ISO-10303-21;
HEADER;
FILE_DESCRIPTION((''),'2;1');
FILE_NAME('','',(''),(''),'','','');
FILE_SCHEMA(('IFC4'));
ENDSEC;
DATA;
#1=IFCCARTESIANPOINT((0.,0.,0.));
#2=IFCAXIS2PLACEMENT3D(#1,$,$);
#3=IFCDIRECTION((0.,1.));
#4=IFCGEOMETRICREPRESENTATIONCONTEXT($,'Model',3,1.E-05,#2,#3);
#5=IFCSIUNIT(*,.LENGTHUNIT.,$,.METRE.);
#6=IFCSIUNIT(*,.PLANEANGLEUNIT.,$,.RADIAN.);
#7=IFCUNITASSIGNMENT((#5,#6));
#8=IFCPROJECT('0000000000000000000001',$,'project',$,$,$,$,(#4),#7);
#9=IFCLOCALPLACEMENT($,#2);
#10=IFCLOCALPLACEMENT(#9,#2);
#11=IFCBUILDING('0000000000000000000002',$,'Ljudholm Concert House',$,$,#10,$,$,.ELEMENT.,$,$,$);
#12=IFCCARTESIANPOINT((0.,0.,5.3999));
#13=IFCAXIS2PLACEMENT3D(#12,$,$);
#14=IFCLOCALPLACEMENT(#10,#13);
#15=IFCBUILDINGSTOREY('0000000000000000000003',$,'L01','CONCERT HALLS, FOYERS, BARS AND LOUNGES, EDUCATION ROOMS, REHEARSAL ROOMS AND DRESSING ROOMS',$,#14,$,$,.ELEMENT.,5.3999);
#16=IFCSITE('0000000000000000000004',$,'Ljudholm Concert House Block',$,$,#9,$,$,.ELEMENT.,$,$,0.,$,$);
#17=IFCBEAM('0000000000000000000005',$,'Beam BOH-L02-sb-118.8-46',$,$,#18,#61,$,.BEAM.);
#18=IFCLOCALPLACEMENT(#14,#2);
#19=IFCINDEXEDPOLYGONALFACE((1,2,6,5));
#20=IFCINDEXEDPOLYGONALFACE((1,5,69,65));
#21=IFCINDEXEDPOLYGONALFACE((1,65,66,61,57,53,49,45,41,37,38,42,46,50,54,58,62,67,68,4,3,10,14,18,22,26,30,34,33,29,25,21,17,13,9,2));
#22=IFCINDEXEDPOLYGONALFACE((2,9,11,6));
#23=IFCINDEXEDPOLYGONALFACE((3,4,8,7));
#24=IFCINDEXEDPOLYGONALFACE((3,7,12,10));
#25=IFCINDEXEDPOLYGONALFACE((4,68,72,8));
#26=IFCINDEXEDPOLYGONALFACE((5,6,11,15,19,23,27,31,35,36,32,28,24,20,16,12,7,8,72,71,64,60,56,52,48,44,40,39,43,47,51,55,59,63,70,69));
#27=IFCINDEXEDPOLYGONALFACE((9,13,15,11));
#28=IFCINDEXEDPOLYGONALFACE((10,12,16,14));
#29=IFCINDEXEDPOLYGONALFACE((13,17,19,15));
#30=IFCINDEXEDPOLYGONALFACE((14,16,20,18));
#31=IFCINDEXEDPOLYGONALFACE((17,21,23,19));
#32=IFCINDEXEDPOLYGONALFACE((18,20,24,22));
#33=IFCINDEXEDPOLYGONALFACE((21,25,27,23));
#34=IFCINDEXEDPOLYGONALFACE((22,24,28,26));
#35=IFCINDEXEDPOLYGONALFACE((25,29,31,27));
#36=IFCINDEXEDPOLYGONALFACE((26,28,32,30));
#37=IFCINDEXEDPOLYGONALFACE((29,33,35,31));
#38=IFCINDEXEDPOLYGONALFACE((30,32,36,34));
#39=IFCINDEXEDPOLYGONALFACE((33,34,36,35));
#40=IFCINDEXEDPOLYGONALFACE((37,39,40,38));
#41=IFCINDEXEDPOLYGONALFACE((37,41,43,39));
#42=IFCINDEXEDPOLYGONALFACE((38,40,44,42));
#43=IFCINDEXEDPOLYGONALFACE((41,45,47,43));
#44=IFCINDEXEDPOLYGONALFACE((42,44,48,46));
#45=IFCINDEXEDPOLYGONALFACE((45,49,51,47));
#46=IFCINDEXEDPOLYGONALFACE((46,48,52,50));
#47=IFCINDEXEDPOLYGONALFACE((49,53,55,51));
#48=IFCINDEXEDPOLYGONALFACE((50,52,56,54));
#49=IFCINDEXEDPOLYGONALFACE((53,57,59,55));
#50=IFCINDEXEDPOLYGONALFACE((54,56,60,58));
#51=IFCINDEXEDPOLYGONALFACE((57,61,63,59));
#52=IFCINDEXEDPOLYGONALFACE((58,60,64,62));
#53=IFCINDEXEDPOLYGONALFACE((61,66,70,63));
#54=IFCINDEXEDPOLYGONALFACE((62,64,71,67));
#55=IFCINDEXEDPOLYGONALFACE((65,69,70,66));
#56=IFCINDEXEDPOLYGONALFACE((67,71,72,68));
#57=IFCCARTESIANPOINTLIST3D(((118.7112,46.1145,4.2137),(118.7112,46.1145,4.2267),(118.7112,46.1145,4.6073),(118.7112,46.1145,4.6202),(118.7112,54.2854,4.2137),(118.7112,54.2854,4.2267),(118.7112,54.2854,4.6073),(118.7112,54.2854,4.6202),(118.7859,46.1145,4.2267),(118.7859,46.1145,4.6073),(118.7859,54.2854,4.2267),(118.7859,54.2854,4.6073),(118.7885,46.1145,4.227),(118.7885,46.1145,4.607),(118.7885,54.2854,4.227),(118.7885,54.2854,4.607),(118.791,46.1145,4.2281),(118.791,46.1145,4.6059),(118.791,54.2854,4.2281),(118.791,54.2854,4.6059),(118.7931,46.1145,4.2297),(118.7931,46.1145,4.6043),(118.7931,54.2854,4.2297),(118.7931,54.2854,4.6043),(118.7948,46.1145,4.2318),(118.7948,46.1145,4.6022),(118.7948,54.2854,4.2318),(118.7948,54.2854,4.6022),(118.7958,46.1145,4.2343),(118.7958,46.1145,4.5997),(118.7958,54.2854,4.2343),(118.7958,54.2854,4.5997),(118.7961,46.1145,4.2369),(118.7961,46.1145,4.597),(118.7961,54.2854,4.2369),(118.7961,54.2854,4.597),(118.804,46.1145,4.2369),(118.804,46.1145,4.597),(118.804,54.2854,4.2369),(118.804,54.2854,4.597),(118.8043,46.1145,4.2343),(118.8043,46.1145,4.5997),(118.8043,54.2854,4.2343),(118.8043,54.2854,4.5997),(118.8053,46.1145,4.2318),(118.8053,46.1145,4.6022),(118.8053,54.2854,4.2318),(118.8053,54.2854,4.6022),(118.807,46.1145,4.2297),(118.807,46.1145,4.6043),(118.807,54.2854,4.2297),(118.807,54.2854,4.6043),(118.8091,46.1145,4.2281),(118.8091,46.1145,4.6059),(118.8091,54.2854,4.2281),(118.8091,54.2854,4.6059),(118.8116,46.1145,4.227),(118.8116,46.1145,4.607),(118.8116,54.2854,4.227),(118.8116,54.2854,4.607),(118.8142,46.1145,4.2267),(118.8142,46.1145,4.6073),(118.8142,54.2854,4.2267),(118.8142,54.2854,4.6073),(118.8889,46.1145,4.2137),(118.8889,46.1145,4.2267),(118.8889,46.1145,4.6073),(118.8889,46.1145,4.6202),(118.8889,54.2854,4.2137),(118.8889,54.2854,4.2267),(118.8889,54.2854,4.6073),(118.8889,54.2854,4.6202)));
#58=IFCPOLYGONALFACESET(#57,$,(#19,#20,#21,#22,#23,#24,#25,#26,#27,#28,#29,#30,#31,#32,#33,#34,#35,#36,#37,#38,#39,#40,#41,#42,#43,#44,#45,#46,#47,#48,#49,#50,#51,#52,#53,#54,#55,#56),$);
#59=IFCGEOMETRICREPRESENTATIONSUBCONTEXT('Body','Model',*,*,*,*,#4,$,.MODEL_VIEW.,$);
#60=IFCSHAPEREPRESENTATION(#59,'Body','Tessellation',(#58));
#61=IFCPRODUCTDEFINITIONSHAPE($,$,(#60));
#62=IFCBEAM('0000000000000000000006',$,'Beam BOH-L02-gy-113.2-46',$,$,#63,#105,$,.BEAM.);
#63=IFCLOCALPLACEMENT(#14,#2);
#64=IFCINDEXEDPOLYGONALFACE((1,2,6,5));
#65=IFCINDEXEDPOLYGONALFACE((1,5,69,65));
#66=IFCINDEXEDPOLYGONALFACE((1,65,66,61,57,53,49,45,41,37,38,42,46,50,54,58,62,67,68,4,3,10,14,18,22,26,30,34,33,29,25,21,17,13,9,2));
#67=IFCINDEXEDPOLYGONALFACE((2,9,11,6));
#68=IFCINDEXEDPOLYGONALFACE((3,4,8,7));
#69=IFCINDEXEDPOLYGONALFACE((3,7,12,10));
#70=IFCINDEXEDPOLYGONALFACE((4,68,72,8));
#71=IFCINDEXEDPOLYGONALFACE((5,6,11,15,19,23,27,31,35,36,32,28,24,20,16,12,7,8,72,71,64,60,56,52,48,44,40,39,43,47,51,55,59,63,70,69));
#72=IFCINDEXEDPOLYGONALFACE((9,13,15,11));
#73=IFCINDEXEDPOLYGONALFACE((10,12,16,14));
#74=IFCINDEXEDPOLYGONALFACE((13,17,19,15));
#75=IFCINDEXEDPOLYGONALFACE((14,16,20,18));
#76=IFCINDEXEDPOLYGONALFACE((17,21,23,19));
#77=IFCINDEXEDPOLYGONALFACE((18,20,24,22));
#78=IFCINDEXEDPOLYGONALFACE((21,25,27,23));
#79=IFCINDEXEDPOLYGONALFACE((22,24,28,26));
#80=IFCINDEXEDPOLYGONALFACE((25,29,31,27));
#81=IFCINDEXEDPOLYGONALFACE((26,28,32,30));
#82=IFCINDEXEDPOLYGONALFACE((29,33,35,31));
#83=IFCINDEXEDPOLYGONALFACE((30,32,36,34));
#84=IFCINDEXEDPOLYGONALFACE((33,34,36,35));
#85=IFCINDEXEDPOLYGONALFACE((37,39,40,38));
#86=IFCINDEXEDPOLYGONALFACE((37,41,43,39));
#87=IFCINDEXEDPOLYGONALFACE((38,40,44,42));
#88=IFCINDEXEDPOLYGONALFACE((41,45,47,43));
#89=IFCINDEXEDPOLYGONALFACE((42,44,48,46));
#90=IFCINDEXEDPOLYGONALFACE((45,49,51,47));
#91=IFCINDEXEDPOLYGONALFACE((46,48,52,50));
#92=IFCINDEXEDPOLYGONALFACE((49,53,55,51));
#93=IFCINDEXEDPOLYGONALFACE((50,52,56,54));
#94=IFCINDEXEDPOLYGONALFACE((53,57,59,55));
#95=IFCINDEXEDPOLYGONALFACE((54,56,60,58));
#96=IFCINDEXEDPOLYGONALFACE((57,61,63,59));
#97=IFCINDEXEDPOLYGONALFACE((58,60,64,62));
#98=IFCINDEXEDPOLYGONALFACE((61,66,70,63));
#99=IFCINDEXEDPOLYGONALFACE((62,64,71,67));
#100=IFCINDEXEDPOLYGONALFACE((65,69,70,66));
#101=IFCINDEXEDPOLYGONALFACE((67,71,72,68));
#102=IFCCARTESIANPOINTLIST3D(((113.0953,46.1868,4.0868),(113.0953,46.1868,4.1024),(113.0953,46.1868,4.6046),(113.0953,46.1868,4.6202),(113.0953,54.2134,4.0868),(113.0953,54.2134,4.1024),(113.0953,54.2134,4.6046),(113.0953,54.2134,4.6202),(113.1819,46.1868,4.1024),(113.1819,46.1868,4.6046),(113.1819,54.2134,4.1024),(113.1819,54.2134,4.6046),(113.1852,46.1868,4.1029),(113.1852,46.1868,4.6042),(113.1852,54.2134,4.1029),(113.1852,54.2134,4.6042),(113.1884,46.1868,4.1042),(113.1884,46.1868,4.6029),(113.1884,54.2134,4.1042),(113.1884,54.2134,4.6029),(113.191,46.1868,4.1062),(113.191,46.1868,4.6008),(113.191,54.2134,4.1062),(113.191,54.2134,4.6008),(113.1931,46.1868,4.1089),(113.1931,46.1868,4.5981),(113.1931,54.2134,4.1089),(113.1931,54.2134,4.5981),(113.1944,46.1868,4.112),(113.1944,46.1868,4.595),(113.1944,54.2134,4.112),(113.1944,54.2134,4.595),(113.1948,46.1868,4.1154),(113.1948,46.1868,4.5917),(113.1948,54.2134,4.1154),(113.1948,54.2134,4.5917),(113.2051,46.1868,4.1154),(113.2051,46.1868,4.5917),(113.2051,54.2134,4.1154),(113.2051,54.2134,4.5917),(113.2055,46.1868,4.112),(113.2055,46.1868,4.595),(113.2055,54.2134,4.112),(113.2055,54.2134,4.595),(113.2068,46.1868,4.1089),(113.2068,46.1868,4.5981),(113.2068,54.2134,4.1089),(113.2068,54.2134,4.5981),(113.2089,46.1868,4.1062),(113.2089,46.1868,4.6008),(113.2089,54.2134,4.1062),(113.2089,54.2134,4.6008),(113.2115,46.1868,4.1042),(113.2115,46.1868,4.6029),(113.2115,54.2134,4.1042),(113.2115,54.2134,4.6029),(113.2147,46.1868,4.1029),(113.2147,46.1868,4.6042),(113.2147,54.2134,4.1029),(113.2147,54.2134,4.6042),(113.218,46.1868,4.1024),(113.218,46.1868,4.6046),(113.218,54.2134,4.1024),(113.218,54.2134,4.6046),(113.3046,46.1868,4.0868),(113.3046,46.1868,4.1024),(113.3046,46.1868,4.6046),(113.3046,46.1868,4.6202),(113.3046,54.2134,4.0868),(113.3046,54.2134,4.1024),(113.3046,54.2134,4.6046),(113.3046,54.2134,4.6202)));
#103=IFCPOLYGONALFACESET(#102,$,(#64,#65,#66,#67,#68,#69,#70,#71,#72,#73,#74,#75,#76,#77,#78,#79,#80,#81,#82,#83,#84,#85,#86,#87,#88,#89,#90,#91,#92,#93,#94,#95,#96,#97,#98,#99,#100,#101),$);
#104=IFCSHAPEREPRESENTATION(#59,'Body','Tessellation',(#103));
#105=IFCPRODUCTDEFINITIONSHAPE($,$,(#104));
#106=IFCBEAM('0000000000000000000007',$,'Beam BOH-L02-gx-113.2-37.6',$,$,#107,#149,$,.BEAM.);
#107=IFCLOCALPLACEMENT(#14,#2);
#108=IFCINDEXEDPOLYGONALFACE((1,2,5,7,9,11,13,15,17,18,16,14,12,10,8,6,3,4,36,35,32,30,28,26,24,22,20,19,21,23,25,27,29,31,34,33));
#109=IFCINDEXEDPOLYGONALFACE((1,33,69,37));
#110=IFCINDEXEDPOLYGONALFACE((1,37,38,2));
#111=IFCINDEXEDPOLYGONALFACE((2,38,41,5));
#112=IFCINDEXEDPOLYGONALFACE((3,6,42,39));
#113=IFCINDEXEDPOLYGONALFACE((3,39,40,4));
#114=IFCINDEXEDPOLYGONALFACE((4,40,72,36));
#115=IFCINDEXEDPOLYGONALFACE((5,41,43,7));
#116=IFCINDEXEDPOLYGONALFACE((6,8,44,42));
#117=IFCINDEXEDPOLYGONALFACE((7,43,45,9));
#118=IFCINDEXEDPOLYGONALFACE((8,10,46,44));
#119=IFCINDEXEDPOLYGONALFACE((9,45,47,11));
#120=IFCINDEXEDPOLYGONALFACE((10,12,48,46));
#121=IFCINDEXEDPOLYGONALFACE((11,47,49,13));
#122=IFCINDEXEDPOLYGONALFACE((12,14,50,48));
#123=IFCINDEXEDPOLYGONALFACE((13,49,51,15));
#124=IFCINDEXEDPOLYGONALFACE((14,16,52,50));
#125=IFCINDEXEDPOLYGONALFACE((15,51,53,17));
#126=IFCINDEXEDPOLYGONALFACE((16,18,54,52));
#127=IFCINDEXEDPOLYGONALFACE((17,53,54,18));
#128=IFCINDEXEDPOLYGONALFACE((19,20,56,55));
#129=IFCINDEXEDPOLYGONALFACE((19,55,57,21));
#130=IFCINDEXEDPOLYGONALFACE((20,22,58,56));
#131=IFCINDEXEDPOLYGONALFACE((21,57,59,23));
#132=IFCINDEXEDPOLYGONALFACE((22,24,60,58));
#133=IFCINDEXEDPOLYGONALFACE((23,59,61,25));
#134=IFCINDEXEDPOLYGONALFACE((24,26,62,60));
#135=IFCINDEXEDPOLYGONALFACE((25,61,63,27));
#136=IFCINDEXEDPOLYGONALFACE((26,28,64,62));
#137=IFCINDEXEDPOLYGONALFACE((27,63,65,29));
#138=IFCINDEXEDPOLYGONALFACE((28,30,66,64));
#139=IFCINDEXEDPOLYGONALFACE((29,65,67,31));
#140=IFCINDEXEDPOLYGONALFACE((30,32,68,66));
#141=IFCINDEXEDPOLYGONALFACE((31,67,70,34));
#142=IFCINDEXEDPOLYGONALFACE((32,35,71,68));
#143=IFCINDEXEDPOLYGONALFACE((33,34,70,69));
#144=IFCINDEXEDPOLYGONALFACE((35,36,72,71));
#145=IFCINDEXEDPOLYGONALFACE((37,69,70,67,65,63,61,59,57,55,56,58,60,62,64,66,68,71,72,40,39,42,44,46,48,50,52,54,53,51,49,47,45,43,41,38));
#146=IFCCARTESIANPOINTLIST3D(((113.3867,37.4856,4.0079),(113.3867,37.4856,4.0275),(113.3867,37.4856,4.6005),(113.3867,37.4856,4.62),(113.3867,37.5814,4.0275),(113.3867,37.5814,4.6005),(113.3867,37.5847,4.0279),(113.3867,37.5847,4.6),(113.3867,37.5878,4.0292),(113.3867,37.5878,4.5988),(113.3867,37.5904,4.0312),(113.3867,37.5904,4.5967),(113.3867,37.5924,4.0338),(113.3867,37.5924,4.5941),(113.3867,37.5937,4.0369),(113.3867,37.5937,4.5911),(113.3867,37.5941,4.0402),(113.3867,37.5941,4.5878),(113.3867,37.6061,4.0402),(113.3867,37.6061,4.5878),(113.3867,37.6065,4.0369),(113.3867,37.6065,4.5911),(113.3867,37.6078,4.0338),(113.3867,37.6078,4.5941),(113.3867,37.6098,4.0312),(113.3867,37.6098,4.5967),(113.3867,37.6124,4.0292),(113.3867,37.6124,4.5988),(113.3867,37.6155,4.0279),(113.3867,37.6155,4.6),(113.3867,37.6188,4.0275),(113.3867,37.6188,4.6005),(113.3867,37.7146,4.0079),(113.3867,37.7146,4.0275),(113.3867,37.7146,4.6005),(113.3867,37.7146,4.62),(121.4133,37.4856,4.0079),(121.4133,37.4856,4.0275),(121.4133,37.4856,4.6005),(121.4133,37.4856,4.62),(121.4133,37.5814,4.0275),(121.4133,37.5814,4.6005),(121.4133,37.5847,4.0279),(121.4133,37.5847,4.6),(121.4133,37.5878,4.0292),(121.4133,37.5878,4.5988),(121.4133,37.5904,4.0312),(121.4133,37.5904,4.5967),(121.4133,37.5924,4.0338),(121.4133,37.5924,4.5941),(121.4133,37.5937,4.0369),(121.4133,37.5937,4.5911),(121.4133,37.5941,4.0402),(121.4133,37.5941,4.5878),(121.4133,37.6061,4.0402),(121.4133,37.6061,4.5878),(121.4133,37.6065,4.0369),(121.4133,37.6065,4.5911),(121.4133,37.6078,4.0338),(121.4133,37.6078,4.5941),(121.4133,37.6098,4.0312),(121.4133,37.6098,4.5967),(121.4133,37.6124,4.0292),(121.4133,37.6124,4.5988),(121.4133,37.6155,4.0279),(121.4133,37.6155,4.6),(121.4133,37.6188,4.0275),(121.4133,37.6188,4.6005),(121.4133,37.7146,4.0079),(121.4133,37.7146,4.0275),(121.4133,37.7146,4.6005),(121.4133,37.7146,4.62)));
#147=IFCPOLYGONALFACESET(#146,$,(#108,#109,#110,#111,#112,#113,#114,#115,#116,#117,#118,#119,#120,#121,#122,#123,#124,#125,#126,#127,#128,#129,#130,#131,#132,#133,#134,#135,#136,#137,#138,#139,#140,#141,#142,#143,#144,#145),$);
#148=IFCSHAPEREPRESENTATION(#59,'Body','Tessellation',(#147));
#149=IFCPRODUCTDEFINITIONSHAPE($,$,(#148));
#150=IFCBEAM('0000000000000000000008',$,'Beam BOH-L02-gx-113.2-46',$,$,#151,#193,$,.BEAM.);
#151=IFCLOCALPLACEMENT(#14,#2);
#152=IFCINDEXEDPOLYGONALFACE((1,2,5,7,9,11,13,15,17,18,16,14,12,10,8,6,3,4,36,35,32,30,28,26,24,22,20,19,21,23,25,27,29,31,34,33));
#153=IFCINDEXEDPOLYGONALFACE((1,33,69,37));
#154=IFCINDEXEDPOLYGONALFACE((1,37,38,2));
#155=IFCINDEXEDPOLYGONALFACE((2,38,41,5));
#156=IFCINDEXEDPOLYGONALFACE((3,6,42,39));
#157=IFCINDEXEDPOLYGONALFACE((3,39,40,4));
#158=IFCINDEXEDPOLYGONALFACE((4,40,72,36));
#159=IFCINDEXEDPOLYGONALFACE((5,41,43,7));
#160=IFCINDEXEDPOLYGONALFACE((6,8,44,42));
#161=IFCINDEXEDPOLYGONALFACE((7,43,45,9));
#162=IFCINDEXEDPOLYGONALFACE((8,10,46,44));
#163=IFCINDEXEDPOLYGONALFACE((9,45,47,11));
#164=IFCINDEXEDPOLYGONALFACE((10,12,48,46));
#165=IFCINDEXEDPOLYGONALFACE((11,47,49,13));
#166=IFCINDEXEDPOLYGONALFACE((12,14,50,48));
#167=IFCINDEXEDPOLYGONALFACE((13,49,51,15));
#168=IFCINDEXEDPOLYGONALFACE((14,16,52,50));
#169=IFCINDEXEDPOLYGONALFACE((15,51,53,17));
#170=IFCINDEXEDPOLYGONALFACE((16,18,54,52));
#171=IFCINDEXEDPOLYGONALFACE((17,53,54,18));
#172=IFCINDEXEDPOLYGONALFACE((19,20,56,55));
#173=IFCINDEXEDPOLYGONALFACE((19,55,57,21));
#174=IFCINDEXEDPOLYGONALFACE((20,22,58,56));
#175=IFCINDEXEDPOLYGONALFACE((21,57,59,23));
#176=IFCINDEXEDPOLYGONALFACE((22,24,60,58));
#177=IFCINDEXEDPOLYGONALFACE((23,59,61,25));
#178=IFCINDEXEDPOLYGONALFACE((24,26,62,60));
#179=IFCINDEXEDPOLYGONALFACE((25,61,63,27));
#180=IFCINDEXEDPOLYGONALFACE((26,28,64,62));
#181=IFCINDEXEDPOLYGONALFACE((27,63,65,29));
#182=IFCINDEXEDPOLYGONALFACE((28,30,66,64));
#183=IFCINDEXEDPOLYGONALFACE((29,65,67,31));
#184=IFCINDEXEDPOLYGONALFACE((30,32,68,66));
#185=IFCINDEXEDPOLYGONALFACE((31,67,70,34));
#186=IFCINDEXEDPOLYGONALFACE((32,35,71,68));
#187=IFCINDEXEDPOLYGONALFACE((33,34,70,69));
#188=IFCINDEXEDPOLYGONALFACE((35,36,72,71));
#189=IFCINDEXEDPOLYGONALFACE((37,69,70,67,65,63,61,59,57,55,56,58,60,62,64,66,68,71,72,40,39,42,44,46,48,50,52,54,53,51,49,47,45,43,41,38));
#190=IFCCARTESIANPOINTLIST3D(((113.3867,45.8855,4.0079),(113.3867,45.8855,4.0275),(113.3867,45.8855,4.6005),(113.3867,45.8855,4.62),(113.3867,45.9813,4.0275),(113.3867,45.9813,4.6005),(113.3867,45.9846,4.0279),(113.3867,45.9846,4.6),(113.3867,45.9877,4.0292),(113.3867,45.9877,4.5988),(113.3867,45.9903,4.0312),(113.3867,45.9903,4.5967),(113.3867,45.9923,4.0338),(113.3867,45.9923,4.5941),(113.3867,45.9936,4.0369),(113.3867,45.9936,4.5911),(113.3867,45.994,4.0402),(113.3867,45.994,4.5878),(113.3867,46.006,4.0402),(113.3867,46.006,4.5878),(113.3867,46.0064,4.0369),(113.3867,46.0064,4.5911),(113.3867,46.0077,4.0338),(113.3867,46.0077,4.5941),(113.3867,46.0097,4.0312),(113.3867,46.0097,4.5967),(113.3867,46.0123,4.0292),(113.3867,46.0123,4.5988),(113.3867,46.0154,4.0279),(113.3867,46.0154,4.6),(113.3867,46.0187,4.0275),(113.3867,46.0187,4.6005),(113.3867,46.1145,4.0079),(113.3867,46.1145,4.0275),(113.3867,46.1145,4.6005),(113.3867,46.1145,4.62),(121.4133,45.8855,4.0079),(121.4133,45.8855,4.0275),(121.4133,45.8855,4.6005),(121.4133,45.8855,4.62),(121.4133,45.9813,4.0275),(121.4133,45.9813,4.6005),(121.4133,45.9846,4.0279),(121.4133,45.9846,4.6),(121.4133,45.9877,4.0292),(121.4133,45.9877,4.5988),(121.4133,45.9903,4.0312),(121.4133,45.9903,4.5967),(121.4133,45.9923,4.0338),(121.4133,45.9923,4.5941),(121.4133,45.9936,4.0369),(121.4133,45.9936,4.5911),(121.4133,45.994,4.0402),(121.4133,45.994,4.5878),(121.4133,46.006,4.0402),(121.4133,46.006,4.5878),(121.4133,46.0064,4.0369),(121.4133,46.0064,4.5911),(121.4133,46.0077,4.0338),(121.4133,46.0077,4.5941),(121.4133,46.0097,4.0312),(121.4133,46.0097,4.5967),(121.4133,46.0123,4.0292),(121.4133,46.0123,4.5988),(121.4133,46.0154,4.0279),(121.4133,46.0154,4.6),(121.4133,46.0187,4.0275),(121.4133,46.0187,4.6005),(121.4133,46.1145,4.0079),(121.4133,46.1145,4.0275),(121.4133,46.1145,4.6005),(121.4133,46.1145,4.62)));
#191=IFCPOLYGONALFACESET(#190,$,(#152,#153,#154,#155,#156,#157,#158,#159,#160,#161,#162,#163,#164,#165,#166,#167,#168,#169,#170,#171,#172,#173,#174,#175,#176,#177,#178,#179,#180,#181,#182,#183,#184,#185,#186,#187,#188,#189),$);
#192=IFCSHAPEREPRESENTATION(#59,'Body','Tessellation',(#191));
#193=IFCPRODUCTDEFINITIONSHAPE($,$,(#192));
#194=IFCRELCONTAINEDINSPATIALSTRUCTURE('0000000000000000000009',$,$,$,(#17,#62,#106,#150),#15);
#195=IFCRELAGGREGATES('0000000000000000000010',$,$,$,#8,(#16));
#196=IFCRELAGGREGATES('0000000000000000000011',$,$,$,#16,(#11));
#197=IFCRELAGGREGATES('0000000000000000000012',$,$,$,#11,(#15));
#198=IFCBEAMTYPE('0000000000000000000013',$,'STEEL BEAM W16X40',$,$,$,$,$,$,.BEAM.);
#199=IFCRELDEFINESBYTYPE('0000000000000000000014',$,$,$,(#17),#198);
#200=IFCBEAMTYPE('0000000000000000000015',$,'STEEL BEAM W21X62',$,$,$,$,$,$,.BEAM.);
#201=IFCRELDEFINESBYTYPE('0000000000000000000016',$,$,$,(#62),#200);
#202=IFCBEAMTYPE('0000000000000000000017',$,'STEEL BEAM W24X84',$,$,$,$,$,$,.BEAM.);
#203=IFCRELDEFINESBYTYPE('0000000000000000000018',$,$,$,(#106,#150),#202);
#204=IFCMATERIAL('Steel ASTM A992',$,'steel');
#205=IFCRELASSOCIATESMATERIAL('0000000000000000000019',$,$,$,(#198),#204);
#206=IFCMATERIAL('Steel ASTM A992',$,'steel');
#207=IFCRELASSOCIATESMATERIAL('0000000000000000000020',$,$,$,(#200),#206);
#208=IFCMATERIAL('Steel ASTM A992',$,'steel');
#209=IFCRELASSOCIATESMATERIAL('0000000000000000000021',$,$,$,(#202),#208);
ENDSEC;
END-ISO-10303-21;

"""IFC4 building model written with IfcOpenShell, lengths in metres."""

from ifc_helpers import new_model, si_unit, direction, frame, origin, origin_2d, place, context, subcontext, project, spatial, i_section, extrude, material, material_profile, profile_set, type_object, element, save


model = new_model("IFC4")

# Units and contexts
model_context = context("Model", 3, precision=1e-05, world=origin(), true_north=direction((0.0, 1.0)))
body_context = subcontext(model_context, "Body", "Model", "MODEL_VIEW")
ifc_project = project(units=[si_unit("LENGTHUNIT", "METRE"), si_unit("PLANEANGLEUNIT", "RADIAN")], contexts=[model_context])

# Site, building, storey
site_placement = place(None, origin())
site = spatial("IfcSite", under=ifc_project, at=site_placement, Name="Ljudholm Concert House Block", CompositionType="ELEMENT", RefElevation=0.0)
building_placement = place(site_placement, origin())
building = spatial("IfcBuilding", under=site, at=building_placement, Name="Ljudholm Concert House", CompositionType="ELEMENT")
storey_placement = place(building_placement, frame((0.0, 0.0, 5.3999)))
storey = spatial("IfcBuildingStorey", under=building, at=storey_placement, Name="L01", Description="CONCERT HALLS, FOYERS, BARS AND LOUNGES, EDUCATION ROOMS, REHEARSAL ROOMS AND DRESSING ROOMS", CompositionType="ELEMENT", Elevation=5.3999)

# Beams
ifc_material_1 = material(Name="Steel ASTM A992", Category="steel")
ifc_material_profile_1 = material_profile(ifc_material_1, i_section(OverallWidth=0.1777, OverallDepth=0.4065, WebThickness=0.0078, FlangeThickness=0.0129, FilletRadius=0.0103, at=origin_2d()), Name="W16X40")
ifc_profile_set_1 = profile_set([ifc_material_profile_1], Name="Steel ASTM A992")
beam_type_1 = type_object("IfcBeamType", Name="STEEL BEAM W16X40", PredefinedType="BEAM", material=ifc_profile_set_1)
for number, where, z_axis, x_axis, name in (
    (1, (118.8, 46.1145, 4.417), (0.0, 1.0, 0.0), (-1.0, 0.0, 0.0), "Beam BOH-L02-sb-118.8-46"),
):
    element("IfcBeam", number, at=place(storey_placement, frame(where, z_axis=z_axis, x_axis=x_axis)), inside=storey, type_object=beam_type_1, Name=name, PredefinedType="BEAM", context=body_context, shape_type="SweptSolid", body=[
        extrude(i_section(OverallWidth=0.1777, OverallDepth=0.4065, WebThickness=0.0078, FlangeThickness=0.0129, FilletRadius=0.0103, at=origin_2d()), origin(), (0.0, 0.0, 1.0), 8.1709),
    ])
ifc_material_2 = material(Name="Steel ASTM A992", Category="steel")
ifc_material_profile_2 = material_profile(ifc_material_2, i_section(OverallWidth=0.2092, OverallDepth=0.5334, WebThickness=0.0103, FlangeThickness=0.0156, FilletRadius=0.0129, at=origin_2d()), Name="W21X62")
ifc_profile_set_2 = profile_set([ifc_material_profile_2], Name="Steel ASTM A992")
beam_type_2 = type_object("IfcBeamType", Name="STEEL BEAM W21X62", PredefinedType="BEAM", material=ifc_profile_set_2)
beam_placement = place(storey_placement, frame((113.2, 46.1868, 4.3535), z_axis=(0.0, 1.0, 0.0), x_axis=(-1.0, 0.0, 0.0)))
element("IfcBeam", 2, at=beam_placement, inside=storey, type_object=beam_type_2, Name="Beam BOH-L02-gy-113.2-46", PredefinedType="BEAM", context=body_context, shape_type="SweptSolid", body=[
    extrude(i_section(OverallWidth=0.2092, OverallDepth=0.5334, WebThickness=0.0103, FlangeThickness=0.0156, FilletRadius=0.0129, at=origin_2d()), origin(), (0.0, 0.0, 1.0), 8.0266),
])
ifc_material_3 = material(Name="Steel ASTM A992", Category="steel")
ifc_material_profile_3 = material_profile(ifc_material_3, i_section(OverallWidth=0.229, OverallDepth=0.6121, WebThickness=0.012, FlangeThickness=0.0195, FilletRadius=0.0127, at=origin_2d()), Name="W24X84")
ifc_profile_set_3 = profile_set([ifc_material_profile_3], Name="Steel ASTM A992")
beam_type_3 = type_object("IfcBeamType", Name="STEEL BEAM W24X84", PredefinedType="BEAM", material=ifc_profile_set_3)
for number, where, z_axis, x_axis, name in (
    (3, (113.3867, 37.6001, 4.314), (1.0, 0.0, 0.0), (0.0, 1.0, 0.0), "Beam BOH-L02-gx-113.2-37.6"),
    (4, (113.3867, 46.0, 4.314), (1.0, 0.0, 0.0), (0.0, 1.0, 0.0), "Beam BOH-L02-gx-113.2-46"),
):
    element("IfcBeam", number, at=place(storey_placement, frame(where, z_axis=z_axis, x_axis=x_axis)), inside=storey, type_object=beam_type_3, Name=name, PredefinedType="BEAM", context=body_context, shape_type="SweptSolid", body=[
        extrude(i_section(OverallWidth=0.229, OverallDepth=0.6121, WebThickness=0.012, FlangeThickness=0.0195, FilletRadius=0.0127, at=origin_2d()), origin(), (0.0, 0.0, 1.0), 8.0266),
    ])

save(model, "model.ifc")
